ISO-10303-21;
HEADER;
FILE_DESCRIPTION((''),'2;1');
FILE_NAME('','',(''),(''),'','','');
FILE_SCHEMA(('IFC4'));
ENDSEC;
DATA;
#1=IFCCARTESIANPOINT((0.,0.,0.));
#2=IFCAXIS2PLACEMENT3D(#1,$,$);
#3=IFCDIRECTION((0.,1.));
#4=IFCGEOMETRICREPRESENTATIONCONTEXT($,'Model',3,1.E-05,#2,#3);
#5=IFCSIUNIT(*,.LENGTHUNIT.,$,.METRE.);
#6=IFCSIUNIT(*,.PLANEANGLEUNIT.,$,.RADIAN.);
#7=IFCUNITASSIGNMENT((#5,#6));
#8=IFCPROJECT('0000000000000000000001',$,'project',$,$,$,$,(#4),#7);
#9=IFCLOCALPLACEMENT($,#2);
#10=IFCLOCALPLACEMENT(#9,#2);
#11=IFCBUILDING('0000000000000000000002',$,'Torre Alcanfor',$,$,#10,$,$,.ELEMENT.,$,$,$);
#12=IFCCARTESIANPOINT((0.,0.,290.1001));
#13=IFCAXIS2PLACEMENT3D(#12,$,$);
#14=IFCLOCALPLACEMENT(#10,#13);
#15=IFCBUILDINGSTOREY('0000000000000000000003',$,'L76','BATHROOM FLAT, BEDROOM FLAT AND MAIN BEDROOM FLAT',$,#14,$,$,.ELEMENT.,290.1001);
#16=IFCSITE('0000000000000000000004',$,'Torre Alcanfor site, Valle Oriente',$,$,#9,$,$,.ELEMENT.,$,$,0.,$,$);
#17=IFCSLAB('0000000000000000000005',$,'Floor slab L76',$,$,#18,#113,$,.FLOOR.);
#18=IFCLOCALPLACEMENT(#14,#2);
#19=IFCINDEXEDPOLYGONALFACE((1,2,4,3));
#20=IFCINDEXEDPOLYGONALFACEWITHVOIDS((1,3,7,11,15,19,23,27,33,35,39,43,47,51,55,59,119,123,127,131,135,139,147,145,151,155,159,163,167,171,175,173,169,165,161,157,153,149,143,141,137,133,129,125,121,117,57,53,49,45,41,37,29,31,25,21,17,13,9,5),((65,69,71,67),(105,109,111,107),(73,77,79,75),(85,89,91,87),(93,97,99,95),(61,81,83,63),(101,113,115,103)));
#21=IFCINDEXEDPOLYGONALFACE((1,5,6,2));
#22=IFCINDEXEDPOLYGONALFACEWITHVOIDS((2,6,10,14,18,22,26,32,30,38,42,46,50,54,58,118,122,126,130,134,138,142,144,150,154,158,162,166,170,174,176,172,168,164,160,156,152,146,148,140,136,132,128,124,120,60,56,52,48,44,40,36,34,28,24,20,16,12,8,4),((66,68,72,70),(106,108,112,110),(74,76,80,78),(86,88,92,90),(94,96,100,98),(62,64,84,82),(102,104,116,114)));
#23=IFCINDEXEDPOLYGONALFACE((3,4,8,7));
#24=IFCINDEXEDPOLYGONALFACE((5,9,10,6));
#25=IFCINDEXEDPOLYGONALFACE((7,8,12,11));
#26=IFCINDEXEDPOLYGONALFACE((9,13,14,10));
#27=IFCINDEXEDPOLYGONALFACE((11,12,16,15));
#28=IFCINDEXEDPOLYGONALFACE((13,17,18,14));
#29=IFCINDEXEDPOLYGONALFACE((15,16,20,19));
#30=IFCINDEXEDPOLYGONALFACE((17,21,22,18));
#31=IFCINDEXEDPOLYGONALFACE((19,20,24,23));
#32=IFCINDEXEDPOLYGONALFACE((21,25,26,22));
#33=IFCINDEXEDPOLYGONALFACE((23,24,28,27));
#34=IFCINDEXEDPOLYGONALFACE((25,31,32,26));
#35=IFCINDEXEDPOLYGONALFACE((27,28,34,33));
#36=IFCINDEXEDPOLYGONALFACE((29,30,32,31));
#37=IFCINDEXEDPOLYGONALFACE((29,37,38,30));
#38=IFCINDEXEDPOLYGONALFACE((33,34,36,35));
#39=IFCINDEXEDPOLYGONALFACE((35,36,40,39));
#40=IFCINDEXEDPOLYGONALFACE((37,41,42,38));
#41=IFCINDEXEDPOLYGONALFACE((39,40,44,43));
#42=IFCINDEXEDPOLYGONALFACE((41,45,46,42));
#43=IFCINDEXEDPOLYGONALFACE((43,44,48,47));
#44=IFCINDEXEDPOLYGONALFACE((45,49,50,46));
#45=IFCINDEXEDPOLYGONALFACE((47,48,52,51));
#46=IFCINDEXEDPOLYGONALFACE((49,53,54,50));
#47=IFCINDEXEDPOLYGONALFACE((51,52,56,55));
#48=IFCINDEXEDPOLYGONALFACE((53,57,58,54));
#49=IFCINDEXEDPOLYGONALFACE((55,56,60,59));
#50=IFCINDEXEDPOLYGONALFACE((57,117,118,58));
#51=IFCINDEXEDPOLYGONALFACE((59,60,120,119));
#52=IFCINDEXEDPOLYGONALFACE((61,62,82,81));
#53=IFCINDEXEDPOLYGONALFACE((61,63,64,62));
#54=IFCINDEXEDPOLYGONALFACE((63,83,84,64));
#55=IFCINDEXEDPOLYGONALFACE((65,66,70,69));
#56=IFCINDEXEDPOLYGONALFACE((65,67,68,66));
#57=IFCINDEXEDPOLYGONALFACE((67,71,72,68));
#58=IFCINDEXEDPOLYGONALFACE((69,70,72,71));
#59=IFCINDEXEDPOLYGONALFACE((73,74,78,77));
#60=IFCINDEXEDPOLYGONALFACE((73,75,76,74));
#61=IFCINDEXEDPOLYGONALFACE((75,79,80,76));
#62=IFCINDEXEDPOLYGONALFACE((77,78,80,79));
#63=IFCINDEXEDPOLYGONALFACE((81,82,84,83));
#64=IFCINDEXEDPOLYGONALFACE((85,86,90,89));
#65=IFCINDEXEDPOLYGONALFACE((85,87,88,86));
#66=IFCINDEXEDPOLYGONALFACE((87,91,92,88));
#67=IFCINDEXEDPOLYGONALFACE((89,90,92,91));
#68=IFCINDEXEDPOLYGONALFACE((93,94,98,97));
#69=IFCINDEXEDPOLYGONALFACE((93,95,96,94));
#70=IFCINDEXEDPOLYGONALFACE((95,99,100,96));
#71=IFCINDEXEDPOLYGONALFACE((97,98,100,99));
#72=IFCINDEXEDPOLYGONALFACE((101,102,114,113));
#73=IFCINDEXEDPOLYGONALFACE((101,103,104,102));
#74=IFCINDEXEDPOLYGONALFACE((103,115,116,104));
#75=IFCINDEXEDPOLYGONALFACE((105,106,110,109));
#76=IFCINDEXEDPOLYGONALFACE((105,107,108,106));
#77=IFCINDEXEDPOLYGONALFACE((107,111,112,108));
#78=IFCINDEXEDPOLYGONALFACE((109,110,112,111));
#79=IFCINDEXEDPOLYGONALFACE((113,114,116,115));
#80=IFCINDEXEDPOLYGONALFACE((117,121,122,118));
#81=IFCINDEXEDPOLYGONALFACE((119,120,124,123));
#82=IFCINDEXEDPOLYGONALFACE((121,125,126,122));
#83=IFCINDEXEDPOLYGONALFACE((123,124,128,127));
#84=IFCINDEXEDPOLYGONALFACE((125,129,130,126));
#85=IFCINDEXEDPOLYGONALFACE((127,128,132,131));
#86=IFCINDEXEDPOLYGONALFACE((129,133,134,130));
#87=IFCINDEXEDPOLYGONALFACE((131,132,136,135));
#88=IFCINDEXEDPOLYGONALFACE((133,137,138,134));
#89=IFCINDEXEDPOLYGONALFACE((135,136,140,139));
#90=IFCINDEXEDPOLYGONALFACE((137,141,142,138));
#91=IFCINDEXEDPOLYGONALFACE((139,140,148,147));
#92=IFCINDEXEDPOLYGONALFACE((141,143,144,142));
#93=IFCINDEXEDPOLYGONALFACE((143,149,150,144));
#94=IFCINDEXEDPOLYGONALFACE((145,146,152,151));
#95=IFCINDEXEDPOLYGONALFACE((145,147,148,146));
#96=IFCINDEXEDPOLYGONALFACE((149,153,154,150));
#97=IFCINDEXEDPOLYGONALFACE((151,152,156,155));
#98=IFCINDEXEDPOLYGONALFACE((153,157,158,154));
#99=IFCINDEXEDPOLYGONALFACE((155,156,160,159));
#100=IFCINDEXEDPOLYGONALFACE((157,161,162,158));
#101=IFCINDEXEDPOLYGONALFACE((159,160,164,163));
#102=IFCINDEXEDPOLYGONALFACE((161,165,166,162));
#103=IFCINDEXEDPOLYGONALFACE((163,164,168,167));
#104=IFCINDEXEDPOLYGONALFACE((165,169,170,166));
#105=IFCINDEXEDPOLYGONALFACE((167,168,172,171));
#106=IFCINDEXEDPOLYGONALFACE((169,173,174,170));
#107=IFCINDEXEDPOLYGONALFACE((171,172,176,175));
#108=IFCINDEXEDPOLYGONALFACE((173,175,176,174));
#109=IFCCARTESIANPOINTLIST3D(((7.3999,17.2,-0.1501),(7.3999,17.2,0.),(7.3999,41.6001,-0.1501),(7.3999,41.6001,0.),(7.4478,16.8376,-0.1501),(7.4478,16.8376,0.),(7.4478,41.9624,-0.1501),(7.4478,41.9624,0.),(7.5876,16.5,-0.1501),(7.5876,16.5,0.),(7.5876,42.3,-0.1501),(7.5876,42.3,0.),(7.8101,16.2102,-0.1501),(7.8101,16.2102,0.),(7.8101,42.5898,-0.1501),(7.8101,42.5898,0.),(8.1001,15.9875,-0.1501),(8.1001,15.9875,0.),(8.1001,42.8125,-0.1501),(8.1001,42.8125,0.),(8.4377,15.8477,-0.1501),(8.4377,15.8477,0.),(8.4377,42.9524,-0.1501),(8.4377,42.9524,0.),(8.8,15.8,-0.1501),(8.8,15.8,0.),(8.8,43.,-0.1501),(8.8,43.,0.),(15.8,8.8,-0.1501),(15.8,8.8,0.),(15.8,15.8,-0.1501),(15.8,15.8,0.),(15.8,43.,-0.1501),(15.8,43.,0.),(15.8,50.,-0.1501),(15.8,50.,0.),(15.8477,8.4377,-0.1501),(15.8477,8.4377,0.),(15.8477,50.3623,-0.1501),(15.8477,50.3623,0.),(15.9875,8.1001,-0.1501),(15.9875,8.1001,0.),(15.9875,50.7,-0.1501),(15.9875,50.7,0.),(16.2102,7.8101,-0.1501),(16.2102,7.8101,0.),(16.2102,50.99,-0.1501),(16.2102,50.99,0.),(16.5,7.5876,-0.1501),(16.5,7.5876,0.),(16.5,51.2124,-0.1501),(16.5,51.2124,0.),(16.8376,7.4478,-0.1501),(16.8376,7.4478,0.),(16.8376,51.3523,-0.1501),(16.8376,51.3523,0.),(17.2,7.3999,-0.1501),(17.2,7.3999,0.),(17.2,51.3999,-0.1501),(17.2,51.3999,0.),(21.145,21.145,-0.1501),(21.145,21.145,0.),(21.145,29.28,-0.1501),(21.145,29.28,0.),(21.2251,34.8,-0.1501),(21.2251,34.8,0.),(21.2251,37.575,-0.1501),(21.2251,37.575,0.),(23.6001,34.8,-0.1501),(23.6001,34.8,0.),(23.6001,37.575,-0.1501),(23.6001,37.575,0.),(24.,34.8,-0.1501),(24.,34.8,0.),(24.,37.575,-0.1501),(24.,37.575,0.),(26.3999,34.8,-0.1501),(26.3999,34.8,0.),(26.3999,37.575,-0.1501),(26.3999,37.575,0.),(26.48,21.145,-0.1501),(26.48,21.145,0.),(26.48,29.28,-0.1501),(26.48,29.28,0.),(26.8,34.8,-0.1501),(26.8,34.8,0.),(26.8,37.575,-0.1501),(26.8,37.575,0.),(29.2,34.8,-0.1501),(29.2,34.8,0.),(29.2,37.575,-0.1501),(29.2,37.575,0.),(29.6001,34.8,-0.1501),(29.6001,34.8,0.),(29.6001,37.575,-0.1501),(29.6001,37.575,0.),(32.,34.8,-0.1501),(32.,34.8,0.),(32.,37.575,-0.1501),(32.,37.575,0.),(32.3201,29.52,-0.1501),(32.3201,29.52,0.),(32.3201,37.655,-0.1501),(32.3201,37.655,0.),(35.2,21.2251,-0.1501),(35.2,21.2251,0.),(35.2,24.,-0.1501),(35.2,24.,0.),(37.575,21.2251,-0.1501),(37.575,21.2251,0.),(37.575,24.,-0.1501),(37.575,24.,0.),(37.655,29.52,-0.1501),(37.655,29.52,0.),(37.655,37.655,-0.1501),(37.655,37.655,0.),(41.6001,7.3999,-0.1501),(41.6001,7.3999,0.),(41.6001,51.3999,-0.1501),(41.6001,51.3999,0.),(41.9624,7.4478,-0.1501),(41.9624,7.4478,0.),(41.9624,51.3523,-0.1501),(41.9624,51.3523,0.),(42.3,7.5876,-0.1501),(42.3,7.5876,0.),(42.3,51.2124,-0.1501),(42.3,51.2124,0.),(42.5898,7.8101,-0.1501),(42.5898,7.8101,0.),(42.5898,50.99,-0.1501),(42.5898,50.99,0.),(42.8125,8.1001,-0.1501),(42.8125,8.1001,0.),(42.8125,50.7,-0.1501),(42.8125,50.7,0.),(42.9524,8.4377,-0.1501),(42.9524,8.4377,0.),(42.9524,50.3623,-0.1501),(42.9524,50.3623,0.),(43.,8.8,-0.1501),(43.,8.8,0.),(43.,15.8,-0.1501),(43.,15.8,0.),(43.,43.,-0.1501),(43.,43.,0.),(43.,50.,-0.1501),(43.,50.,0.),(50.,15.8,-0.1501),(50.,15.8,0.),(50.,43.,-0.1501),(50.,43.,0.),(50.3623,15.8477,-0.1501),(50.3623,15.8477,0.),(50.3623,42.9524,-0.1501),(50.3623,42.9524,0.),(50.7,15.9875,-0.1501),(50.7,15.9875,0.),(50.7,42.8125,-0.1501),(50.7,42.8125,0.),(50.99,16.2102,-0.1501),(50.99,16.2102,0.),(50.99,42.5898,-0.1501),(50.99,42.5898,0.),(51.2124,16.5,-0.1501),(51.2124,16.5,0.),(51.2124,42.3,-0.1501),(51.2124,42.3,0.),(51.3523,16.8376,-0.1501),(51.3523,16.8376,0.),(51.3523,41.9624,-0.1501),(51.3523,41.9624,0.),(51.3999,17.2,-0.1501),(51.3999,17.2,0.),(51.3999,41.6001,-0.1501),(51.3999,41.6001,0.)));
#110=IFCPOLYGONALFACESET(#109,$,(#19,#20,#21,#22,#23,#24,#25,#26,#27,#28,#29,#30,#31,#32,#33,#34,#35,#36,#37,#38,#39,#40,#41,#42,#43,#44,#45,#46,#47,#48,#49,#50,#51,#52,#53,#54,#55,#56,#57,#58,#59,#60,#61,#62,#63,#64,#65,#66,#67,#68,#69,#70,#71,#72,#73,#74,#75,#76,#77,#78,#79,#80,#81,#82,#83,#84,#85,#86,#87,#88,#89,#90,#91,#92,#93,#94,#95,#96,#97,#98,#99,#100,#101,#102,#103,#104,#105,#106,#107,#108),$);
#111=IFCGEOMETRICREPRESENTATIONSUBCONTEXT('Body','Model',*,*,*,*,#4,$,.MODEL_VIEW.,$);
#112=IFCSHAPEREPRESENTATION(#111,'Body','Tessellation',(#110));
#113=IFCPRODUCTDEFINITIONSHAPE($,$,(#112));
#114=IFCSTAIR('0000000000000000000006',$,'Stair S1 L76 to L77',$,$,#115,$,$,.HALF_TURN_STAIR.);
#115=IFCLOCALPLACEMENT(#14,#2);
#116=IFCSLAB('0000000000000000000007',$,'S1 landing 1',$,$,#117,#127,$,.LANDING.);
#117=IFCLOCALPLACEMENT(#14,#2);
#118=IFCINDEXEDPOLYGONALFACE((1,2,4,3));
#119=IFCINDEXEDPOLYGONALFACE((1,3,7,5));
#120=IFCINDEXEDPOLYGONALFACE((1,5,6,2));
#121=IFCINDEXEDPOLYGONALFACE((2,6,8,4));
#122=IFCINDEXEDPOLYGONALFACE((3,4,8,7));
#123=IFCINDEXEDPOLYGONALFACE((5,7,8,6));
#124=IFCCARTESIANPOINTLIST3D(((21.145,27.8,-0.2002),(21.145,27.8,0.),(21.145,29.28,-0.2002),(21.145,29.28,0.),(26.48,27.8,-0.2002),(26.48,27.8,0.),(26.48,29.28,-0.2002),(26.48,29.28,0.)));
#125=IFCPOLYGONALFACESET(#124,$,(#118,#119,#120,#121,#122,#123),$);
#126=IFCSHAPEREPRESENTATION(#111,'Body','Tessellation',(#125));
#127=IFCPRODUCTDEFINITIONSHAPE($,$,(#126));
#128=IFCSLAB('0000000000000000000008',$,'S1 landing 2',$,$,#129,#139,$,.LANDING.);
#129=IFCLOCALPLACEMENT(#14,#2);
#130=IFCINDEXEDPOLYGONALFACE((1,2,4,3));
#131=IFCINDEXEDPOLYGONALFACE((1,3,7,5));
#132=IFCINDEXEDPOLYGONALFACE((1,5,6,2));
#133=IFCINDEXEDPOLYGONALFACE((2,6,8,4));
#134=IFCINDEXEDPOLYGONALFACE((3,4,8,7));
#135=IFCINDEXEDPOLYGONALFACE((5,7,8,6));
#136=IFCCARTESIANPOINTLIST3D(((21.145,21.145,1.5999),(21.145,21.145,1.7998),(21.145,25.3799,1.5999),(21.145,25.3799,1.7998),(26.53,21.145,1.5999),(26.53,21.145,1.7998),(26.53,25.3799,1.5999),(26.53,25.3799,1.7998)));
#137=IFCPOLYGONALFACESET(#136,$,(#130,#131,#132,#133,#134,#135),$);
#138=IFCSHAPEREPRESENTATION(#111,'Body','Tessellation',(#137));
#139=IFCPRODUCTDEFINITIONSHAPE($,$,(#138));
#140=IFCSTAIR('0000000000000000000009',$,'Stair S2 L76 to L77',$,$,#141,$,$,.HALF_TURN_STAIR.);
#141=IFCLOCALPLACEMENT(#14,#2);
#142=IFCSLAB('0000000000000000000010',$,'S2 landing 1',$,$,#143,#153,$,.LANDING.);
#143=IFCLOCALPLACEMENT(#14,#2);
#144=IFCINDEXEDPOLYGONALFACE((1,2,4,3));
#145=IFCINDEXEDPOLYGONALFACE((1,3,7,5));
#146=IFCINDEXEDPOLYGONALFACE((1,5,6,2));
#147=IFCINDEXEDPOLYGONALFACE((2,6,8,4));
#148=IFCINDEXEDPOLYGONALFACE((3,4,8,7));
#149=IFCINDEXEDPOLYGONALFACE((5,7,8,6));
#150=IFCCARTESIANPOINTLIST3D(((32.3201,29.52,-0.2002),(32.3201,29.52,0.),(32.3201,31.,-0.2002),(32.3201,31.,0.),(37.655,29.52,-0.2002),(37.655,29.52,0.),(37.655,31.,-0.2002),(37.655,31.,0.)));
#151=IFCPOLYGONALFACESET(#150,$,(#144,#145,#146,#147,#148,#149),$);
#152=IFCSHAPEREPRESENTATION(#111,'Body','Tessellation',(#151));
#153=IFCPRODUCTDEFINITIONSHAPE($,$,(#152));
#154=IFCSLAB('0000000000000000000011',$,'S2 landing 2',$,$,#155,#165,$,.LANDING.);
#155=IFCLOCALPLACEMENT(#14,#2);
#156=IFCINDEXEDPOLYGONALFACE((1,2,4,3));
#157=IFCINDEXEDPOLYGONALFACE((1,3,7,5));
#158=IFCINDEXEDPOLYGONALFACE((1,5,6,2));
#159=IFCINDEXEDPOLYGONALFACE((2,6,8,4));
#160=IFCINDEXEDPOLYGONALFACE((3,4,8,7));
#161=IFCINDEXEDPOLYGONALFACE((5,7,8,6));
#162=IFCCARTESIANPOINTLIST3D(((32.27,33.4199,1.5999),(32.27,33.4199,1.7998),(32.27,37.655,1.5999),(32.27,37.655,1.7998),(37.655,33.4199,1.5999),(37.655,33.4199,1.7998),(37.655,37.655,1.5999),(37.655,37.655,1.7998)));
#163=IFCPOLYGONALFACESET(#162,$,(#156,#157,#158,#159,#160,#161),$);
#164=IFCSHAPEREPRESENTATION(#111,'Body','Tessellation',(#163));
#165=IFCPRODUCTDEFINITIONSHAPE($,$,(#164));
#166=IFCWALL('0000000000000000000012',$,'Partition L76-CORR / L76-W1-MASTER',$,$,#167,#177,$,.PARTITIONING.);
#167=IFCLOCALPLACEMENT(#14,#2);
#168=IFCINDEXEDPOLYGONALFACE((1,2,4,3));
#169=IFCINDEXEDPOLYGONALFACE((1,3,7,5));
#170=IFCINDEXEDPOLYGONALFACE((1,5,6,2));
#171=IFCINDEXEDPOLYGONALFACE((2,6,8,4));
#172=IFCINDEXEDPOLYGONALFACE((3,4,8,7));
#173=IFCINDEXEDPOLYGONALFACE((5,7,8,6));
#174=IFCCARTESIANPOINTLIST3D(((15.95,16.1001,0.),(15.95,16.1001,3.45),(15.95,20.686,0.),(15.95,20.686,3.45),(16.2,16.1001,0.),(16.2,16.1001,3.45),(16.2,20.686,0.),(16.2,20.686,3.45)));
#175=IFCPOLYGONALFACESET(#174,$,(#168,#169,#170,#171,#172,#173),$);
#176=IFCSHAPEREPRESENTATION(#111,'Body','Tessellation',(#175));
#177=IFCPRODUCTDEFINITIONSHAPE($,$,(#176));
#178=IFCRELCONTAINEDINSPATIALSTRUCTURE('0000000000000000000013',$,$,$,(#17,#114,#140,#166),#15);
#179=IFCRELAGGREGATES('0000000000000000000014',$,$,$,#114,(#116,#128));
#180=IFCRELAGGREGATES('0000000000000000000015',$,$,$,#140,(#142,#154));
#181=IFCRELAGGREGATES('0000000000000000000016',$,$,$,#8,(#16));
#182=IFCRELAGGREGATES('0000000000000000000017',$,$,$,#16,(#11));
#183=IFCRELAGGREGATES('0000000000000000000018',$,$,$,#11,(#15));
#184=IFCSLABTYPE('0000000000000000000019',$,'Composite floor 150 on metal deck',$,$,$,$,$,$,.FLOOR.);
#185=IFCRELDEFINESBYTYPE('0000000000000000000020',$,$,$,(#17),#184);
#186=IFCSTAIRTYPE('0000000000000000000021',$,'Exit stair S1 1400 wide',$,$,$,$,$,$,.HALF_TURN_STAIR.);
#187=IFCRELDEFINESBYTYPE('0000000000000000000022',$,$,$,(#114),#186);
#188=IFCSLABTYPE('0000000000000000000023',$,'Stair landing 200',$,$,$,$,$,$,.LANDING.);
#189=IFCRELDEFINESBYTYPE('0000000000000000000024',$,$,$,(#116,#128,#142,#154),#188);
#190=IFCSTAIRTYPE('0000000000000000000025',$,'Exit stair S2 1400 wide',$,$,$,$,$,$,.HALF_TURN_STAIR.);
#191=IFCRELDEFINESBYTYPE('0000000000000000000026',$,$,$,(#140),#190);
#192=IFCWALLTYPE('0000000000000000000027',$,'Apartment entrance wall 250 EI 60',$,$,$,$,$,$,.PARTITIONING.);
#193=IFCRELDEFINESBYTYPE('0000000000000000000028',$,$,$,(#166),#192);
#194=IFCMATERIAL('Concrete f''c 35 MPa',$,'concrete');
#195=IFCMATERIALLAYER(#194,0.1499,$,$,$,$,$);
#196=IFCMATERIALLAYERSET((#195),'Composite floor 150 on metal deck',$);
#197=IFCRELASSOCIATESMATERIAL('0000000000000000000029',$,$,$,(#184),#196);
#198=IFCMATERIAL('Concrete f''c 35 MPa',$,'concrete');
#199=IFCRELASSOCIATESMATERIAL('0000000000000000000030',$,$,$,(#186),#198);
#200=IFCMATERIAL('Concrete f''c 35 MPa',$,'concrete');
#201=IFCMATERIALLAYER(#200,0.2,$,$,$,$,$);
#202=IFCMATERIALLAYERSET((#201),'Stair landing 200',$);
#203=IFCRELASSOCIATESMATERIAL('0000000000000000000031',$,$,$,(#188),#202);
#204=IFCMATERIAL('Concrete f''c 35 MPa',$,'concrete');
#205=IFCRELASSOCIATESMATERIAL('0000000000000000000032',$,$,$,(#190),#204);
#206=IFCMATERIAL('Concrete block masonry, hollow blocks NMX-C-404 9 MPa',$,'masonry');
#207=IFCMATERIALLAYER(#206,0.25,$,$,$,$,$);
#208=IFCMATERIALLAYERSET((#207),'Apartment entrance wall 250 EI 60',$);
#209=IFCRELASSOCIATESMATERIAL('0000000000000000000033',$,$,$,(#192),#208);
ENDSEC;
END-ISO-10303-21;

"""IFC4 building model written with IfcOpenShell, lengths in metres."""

from ifc_helpers import new_model, si_unit, direction, frame, frame_2d, origin, place, context, subcontext, project, spatial, polyline, rectangle, outline, extrude, material, layer, layer_set, type_object, element, aggregate, save


model = new_model("IFC4")

# Units and contexts
model_context = context("Model", 3, precision=1e-05, world=origin(), true_north=direction((0.0, 1.0)))
body_context = subcontext(model_context, "Body", "Model", "MODEL_VIEW")
ifc_project = project(units=[si_unit("LENGTHUNIT", "METRE"), si_unit("PLANEANGLEUNIT", "RADIAN")], contexts=[model_context])

# Site, building, storey
site_placement = place(None, origin())
site = spatial("IfcSite", under=ifc_project, at=site_placement, Name="Torre Alcanfor site, Valle Oriente", CompositionType="ELEMENT", RefElevation=0.0)
building_placement = place(site_placement, origin())
building = spatial("IfcBuilding", under=site, at=building_placement, Name="Torre Alcanfor", CompositionType="ELEMENT")
storey_placement = place(building_placement, frame((0.0, 0.0, 290.1001)))
storey = spatial("IfcBuildingStorey", under=building, at=storey_placement, Name="L76", Description="BATHROOM FLAT, BEDROOM FLAT AND MAIN BEDROOM FLAT", CompositionType="ELEMENT", Elevation=290.1001)

# Slab
ifc_material_1 = material(Name="Concrete f'c 35 MPa", Category="concrete")
ifc_layer_1 = layer(ifc_material_1, 0.1499)
ifc_layer_set_1 = layer_set([ifc_layer_1], Name="Composite floor 150 on metal deck")
slab_type_1 = type_object("IfcSlabType", Name="Composite floor 150 on metal deck", PredefinedType="FLOOR", material=ifc_layer_set_1)
slab_1_placement = place(storey_placement, frame((0.0, 0.0, -0.1501)))
element("IfcSlab", 1, at=slab_1_placement, inside=storey, type_object=slab_type_1, Name="Floor slab L76", PredefinedType="FLOOR", context=body_context, shape_type="SweptSolid", body=[
    extrude(outline(polyline([(15.8, 43.0), (8.8, 43.0), (8.4377, 42.9524), (8.1001, 42.8125), (7.8101, 42.5898), (7.5876, 42.3), (7.4478, 41.9624), (7.3999, 41.6001), (7.3999, 17.2), (7.4478, 16.8376), (7.5876, 16.5), (7.8101, 16.2102), (8.1001, 15.9875), (8.4377, 15.8477), (8.8, 15.8), (15.8, 15.8), (15.8, 8.8), (15.8477, 8.4377), (15.9875, 8.1001), (16.2102, 7.8101), (16.5, 7.5876), (16.8376, 7.4478), (17.2, 7.3999), (41.6001, 7.3999), (41.9624, 7.4478), (42.3, 7.5876), (42.5898, 7.8101), (42.8125, 8.1001), (42.9524, 8.4377), (43.0, 8.8), (43.0, 15.8), (50.0, 15.8), (50.3623, 15.8477), (50.7, 15.9875), (50.99, 16.2102), (51.2124, 16.5), (51.3523, 16.8376), (51.3999, 17.2), (51.3999, 41.6001), (51.3523, 41.9624), (51.2124, 42.3), (50.99, 42.5898), (50.7, 42.8125), (50.3623, 42.9524), (50.0, 43.0), (43.0, 43.0), (43.0, 50.0), (42.9524, 50.3623), (42.8125, 50.7), (42.5898, 50.99), (42.3, 51.2124), (41.9624, 51.3523), (41.6001, 51.3999), (17.2, 51.3999), (16.8376, 51.3523), (16.5, 51.2124), (16.2102, 50.99), (15.9875, 50.7), (15.8477, 50.3623), (15.8, 50.0), (15.8, 43.0)]), holes=[polyline([(21.145, 21.145), (26.48, 21.145), (26.48, 29.28), (21.145, 29.28), (21.145, 21.145)]), polyline([(32.3201, 29.52), (37.655, 29.52), (37.655, 37.655), (32.3201, 37.655), (32.3201, 29.52)]), polyline([(35.2, 21.2251), (37.575, 21.2251), (37.575, 24.0), (35.2, 24.0), (35.2, 21.2251)]), polyline([(21.2251, 34.8), (23.6001, 34.8), (23.6001, 37.575), (21.2251, 37.575), (21.2251, 34.8)]), polyline([(24.0, 34.8), (26.3999, 34.8), (26.3999, 37.575), (24.0, 37.575), (24.0, 34.8)]), polyline([(26.8, 34.8), (29.2, 34.8), (29.2, 37.575), (26.8, 37.575), (26.8, 34.8)]), polyline([(29.6001, 34.8), (32.0, 34.8), (32.0, 37.575), (29.6001, 37.575), (29.6001, 34.8)])]), origin(), (0.0, 0.0, 1.0), 0.1501),
])

# Stairs, slabs
ifc_material_2 = material(Name="Concrete f'c 35 MPa", Category="concrete")
stair_type_1 = type_object("IfcStairType", Name="Exit stair S1 1400 wide", PredefinedType="HALF_TURN_STAIR", material=ifc_material_2)
stair_1_placement = place(storey_placement, origin())
stair_1 = element("IfcStair", 2, at=stair_1_placement, inside=storey, type_object=stair_type_1, Name="Stair S1 L76 to L77", PredefinedType="HALF_TURN_STAIR")
ifc_material_3 = material(Name="Concrete f'c 35 MPa", Category="concrete")
ifc_layer_2 = layer(ifc_material_3, 0.2)
ifc_layer_set_2 = layer_set([ifc_layer_2], Name="Stair landing 200")
slab_type_2 = type_object("IfcSlabType", Name="Stair landing 200", PredefinedType="LANDING", material=ifc_layer_set_2)
slab_2_placement = place(storey_placement, frame((0.0, 0.0, -0.2002)))
slab_2 = element("IfcSlab", 3, at=slab_2_placement, type_object=slab_type_2, Name="S1 landing 1", PredefinedType="LANDING", context=body_context, shape_type="SweptSolid", body=[
    extrude(outline(polyline([(21.145, 27.8), (26.48, 27.8), (26.48, 29.28), (21.145, 29.28), (21.145, 27.8)])), origin(), (0.0, 0.0, 1.0), 0.2002),
])
slab_3_placement = place(storey_placement, frame((0.0, 0.0, 1.5999)))
slab_3 = element("IfcSlab", 4, at=slab_3_placement, type_object=slab_type_2, Name="S1 landing 2", PredefinedType="LANDING", context=body_context, shape_type="SweptSolid", body=[
    extrude(outline(polyline([(21.145, 21.145), (26.53, 21.145), (26.53, 25.3799), (21.145, 25.3799), (21.145, 21.145)])), origin(), (0.0, 0.0, 1.0), 0.2),
])
aggregate(stair_1, [slab_2, slab_3])
ifc_material_4 = material(Name="Concrete f'c 35 MPa", Category="concrete")
stair_type_2 = type_object("IfcStairType", Name="Exit stair S2 1400 wide", PredefinedType="HALF_TURN_STAIR", material=ifc_material_4)
stair_2_placement = place(storey_placement, origin())
stair_2 = element("IfcStair", 5, at=stair_2_placement, inside=storey, type_object=stair_type_2, Name="Stair S2 L76 to L77", PredefinedType="HALF_TURN_STAIR")
slab_4_placement = place(storey_placement, frame((0.0, 0.0, -0.2002)))
slab_4 = element("IfcSlab", 6, at=slab_4_placement, type_object=slab_type_2, Name="S2 landing 1", PredefinedType="LANDING", context=body_context, shape_type="SweptSolid", body=[
    extrude(outline(polyline([(32.3201, 29.52), (37.655, 29.52), (37.655, 31.0), (32.3201, 31.0), (32.3201, 29.52)])), origin(), (0.0, 0.0, 1.0), 0.2002),
])
slab_5_placement = place(storey_placement, frame((0.0, 0.0, 1.5999)))
slab_5 = element("IfcSlab", 7, at=slab_5_placement, type_object=slab_type_2, Name="S2 landing 2", PredefinedType="LANDING", context=body_context, shape_type="SweptSolid", body=[
    extrude(outline(polyline([(32.27, 33.4199), (37.655, 33.4199), (37.655, 37.655), (32.27, 37.655), (32.27, 33.4199)])), origin(), (0.0, 0.0, 1.0), 0.2),
])
aggregate(stair_2, [slab_4, slab_5])

# Wall
ifc_material_5 = material(Name="Concrete block masonry, hollow blocks NMX-C-404 9 MPa", Category="masonry")
ifc_layer_3 = layer(ifc_material_5, 0.25)
ifc_layer_set_3 = layer_set([ifc_layer_3], Name="Apartment entrance wall 250 EI 60")
wall_type_1 = type_object("IfcWallType", Name="Apartment entrance wall 250 EI 60", PredefinedType="PARTITIONING", material=ifc_layer_set_3)
wall_1_placement = place(storey_placement, frame((16.075, 16.1001, 0.0), z_axis=(0.0, 0.0, 1.0), x_axis=(0.0, 1.0, 0.0)))
element("IfcWall", 8, at=wall_1_placement, inside=storey, type_object=wall_type_1, Name="Partition L76-CORR / L76-W1-MASTER", PredefinedType="PARTITIONING", context=body_context, shape_type="SweptSolid", body=[
    extrude(rectangle(XDim=4.5859, YDim=0.25, at=frame_2d((2.293, 0.0))), origin(), (0.0, 0.0, 1.0), 3.45),
])

save(model, "model.ifc")
